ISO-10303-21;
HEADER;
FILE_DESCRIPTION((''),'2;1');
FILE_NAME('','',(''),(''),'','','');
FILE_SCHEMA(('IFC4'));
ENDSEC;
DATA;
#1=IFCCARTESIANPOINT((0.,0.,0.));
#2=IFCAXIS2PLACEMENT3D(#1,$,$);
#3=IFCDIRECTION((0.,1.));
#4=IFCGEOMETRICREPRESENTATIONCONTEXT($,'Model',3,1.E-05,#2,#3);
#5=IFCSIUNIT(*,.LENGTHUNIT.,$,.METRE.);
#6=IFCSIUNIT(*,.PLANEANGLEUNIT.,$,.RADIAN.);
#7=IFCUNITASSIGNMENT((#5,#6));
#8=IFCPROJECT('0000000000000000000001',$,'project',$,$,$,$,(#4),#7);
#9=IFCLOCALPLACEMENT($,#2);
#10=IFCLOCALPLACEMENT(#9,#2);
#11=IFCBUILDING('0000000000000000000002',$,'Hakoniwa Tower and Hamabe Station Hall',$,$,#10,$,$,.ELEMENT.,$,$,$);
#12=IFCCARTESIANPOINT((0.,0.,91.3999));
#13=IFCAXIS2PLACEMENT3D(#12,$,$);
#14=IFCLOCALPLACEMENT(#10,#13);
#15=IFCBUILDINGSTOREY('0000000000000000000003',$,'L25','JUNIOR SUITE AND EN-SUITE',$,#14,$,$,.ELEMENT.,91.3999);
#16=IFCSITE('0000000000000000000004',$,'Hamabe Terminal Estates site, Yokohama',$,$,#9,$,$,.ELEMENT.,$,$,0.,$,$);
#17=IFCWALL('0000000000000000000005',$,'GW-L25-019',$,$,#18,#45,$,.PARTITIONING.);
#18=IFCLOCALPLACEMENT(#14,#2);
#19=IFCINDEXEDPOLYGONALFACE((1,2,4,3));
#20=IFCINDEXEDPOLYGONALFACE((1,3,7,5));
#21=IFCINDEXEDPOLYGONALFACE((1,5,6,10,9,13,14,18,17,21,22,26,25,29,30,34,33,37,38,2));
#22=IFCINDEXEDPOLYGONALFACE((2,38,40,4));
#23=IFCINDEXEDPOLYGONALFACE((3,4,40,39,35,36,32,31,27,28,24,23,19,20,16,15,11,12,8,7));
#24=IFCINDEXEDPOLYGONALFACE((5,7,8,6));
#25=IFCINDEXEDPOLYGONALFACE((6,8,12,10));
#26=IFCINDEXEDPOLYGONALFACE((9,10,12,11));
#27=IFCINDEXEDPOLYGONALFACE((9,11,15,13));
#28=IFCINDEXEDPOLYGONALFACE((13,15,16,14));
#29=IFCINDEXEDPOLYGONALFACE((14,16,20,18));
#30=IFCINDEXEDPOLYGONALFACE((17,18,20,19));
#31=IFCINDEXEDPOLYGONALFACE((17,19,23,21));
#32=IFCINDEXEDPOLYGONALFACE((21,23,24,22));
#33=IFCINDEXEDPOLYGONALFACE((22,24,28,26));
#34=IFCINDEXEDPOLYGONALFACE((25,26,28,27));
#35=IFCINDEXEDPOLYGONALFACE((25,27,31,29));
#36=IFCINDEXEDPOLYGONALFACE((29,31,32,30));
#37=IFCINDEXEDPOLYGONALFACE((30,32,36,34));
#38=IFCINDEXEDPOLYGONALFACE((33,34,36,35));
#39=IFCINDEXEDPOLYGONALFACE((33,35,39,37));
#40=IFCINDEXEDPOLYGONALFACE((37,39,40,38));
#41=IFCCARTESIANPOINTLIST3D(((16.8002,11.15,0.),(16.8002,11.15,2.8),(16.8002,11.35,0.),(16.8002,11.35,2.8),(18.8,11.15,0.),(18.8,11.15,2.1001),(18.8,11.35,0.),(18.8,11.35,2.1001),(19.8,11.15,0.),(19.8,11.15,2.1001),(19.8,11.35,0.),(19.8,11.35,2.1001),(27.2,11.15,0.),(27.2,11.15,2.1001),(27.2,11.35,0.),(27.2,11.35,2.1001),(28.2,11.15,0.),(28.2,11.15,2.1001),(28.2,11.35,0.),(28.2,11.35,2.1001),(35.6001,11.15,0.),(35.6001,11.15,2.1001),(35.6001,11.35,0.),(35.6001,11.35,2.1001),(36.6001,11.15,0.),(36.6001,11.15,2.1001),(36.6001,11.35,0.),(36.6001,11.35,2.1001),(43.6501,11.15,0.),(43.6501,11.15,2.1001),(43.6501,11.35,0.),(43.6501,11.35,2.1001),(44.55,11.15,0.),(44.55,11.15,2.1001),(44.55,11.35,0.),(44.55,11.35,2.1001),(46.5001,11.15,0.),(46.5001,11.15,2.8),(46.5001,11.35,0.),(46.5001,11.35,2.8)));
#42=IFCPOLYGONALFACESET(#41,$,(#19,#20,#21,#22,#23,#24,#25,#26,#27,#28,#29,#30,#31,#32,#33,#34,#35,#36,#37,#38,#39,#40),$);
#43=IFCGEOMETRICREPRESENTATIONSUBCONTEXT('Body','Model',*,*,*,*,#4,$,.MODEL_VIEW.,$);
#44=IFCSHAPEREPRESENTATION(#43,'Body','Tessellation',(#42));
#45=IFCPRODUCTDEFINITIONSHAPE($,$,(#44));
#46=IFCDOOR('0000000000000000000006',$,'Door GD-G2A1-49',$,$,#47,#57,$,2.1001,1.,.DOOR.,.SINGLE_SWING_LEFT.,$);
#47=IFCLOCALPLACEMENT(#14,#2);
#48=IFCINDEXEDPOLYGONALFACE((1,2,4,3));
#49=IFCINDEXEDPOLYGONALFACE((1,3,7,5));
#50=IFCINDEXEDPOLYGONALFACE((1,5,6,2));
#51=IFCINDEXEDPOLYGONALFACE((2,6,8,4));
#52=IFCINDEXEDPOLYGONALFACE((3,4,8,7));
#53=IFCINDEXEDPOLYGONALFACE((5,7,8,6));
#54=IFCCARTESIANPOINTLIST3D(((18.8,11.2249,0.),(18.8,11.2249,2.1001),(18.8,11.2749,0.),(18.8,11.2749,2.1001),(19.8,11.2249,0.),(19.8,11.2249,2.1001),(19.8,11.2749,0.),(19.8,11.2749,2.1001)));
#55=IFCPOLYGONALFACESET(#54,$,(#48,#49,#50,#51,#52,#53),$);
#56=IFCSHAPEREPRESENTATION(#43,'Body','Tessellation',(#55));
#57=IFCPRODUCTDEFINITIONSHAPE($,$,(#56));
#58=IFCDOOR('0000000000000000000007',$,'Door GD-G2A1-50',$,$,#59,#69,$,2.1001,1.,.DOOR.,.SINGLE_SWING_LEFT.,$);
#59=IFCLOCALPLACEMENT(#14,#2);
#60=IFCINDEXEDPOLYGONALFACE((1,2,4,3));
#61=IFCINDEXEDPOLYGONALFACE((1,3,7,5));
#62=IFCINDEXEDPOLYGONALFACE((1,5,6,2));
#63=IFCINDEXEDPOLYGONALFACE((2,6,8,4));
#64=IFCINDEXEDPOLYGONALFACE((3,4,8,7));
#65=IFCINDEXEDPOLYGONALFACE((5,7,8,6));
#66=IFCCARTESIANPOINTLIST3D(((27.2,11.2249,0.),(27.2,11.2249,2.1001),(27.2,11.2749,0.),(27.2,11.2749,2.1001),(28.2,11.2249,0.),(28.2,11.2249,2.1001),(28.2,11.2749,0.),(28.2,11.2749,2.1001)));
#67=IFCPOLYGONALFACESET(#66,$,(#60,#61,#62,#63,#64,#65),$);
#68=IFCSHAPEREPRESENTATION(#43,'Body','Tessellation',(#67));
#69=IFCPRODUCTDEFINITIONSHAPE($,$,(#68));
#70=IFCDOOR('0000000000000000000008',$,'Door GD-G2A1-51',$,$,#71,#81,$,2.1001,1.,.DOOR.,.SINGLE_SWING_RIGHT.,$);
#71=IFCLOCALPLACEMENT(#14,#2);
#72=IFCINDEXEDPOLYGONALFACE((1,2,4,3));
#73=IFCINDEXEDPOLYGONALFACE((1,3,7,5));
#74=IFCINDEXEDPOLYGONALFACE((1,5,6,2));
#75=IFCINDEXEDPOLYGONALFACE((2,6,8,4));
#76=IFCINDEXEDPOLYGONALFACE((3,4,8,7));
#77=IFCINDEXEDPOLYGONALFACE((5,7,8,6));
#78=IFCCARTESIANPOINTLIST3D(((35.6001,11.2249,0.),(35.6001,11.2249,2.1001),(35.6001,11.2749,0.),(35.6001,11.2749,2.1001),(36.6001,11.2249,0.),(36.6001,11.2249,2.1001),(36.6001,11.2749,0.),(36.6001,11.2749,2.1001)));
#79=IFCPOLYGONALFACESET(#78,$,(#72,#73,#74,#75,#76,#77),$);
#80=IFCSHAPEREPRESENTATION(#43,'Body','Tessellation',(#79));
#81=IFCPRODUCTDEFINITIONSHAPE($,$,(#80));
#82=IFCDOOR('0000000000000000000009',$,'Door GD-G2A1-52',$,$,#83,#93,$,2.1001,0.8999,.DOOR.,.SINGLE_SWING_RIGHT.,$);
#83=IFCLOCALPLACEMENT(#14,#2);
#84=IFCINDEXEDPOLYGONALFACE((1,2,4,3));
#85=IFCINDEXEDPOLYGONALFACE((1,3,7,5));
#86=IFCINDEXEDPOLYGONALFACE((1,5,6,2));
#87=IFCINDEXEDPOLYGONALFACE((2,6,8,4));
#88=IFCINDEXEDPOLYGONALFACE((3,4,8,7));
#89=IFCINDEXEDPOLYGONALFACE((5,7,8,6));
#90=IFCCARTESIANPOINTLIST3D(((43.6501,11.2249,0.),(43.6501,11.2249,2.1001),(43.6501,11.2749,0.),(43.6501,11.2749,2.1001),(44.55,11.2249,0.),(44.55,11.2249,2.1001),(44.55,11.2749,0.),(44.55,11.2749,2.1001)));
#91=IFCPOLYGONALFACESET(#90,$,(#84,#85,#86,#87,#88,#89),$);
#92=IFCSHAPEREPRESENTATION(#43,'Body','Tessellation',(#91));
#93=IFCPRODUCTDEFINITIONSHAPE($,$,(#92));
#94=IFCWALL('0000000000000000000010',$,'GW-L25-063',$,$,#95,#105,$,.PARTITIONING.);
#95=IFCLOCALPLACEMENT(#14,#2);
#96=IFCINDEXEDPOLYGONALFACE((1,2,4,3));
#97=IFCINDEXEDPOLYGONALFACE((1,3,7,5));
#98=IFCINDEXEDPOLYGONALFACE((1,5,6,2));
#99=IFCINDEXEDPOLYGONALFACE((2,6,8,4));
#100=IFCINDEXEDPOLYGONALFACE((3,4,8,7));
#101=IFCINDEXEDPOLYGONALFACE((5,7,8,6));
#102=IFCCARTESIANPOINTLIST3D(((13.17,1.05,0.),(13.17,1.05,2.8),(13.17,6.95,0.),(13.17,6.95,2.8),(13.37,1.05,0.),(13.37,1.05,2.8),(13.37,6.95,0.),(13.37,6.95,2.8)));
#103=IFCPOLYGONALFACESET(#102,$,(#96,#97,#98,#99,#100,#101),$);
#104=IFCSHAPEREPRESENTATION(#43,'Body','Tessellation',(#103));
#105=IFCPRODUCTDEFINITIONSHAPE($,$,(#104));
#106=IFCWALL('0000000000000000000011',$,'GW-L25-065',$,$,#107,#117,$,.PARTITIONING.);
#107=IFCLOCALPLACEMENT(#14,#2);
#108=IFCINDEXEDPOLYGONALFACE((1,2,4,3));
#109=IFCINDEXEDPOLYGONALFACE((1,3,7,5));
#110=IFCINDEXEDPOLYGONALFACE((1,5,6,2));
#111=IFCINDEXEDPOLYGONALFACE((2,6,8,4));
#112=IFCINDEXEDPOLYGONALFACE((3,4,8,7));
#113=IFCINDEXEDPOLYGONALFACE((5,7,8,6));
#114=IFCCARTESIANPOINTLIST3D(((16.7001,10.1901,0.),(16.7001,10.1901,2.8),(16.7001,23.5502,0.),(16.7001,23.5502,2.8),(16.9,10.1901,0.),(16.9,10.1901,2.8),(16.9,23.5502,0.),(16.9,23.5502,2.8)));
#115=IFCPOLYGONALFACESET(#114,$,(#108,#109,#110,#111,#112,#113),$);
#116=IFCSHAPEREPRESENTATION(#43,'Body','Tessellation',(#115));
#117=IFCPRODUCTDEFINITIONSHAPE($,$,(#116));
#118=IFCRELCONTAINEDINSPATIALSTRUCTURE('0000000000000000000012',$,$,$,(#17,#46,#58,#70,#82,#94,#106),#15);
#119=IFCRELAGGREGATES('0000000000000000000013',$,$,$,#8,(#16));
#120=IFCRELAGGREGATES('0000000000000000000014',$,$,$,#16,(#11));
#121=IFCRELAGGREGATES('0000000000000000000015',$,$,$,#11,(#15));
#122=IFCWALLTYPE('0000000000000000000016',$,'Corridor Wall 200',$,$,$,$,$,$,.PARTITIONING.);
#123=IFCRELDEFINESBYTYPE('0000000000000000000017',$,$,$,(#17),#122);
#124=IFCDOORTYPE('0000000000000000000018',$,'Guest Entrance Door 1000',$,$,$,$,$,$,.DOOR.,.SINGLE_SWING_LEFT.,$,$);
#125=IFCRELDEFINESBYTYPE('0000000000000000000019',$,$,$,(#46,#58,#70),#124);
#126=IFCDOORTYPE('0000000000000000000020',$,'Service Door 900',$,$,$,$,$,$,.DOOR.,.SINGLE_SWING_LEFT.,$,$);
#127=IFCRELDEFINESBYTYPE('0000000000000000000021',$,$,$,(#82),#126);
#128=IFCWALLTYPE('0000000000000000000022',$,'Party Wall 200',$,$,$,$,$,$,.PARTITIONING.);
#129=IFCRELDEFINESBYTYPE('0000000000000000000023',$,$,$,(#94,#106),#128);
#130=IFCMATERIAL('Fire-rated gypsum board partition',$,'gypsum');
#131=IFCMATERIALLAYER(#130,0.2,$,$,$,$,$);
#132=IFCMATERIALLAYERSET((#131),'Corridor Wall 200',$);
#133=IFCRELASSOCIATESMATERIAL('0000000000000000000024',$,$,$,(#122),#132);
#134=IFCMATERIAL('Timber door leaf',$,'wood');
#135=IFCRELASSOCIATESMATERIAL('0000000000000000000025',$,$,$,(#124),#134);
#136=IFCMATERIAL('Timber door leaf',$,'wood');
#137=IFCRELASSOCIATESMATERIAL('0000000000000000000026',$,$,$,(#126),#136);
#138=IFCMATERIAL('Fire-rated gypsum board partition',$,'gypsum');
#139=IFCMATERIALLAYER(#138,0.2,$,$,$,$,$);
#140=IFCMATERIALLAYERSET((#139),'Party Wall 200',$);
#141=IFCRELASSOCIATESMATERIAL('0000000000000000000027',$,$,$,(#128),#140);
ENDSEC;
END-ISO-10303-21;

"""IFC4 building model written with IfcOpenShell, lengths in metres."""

from ifc_helpers import new_model, si_unit, direction, frame, frame_2d, origin, place, context, subcontext, project, spatial, rectangle, extrude, material, layer, layer_set, type_object, element, fill, save


model = new_model("IFC4")

# Units and contexts
model_context = context("Model", 3, precision=1e-05, world=origin(), true_north=direction((0.0, 1.0)))
body_context = subcontext(model_context, "Body", "Model", "MODEL_VIEW")
ifc_project = project(units=[si_unit("LENGTHUNIT", "METRE"), si_unit("PLANEANGLEUNIT", "RADIAN")], contexts=[model_context])

# Site, building, storey
site_placement = place(None, origin())
site = spatial("IfcSite", under=ifc_project, at=site_placement, Name="Hamabe Terminal Estates site, Yokohama", CompositionType="ELEMENT", RefElevation=0.0)
building_placement = place(site_placement, origin())
building = spatial("IfcBuilding", under=site, at=building_placement, Name="Hakoniwa Tower and Hamabe Station Hall", CompositionType="ELEMENT")
storey_placement = place(building_placement, frame((0.0, 0.0, 91.3999)))
storey = spatial("IfcBuildingStorey", under=building, at=storey_placement, Name="L25", Description="JUNIOR SUITE AND EN-SUITE", CompositionType="ELEMENT", Elevation=91.3999)

# Wall, openings, doors
ifc_material_1 = material(Name="Fire-rated gypsum board partition", Category="gypsum")
ifc_layer_1 = layer(ifc_material_1, 0.2)
ifc_layer_set_1 = layer_set([ifc_layer_1], Name="Corridor Wall 200")
wall_type_1 = type_object("IfcWallType", Name="Corridor Wall 200", PredefinedType="PARTITIONING", material=ifc_layer_set_1)
wall_1_placement = place(storey_placement, frame((16.8, 11.25, 0.0), z_axis=(0.0, 0.0, 1.0), x_axis=(1.0, 0.0, 0.0)))
wall_1 = element("IfcWall", 1, at=wall_1_placement, inside=storey, type_object=wall_type_1, Name="GW-L25-019", PredefinedType="PARTITIONING", context=body_context, shape_type="SweptSolid", body=[
    extrude(rectangle(XDim=29.7, YDim=0.2, at=frame_2d((14.8501, 0.0))), origin(), (0.0, 0.0, 1.0), 2.8),
])
opening_1_placement = place(wall_1_placement, frame((2.0, 0.0, 0.0)))
opening_1 = element("IfcOpeningElement", 2, at=opening_1_placement, cuts=wall_1, PredefinedType="OPENING", context=body_context, shape_type="SweptSolid", body=[
    extrude(rectangle(XDim=1.0, YDim=2.1001, at=frame_2d((0.5, 1.05))), frame((0.0, 0.1099, 0.0), z_axis=(0.0, -1.0, 0.0), x_axis=(1.0, 0.0, 0.0)), (0.0, 0.0, 1.0), 0.22),
])
opening_2_placement = place(wall_1_placement, frame((10.3999, 0.0, 0.0)))
opening_2 = element("IfcOpeningElement", 3, at=opening_2_placement, cuts=wall_1, PredefinedType="OPENING", context=body_context, shape_type="SweptSolid", body=[
    extrude(rectangle(XDim=1.0, YDim=2.1001, at=frame_2d((0.5, 1.05))), frame((0.0, 0.1099, 0.0), z_axis=(0.0, -1.0, 0.0), x_axis=(1.0, 0.0, 0.0)), (0.0, 0.0, 1.0), 0.22),
])
opening_3_placement = place(wall_1_placement, frame((18.8, 0.0, 0.0)))
opening_3 = element("IfcOpeningElement", 4, at=opening_3_placement, cuts=wall_1, PredefinedType="OPENING", context=body_context, shape_type="SweptSolid", body=[
    extrude(rectangle(XDim=1.0, YDim=2.1001, at=frame_2d((0.5, 1.05))), frame((0.0, 0.1099, 0.0), z_axis=(0.0, -1.0, 0.0), x_axis=(1.0, 0.0, 0.0)), (0.0, 0.0, 1.0), 0.22),
])
opening_4_placement = place(wall_1_placement, frame((26.8501, 0.0, 0.0)))
opening_4 = element("IfcOpeningElement", 5, at=opening_4_placement, cuts=wall_1, PredefinedType="OPENING", context=body_context, shape_type="SweptSolid", body=[
    extrude(rectangle(XDim=0.8999, YDim=2.1001, at=frame_2d((0.45, 1.05))), frame((0.0, 0.1099, 0.0), z_axis=(0.0, -1.0, 0.0), x_axis=(1.0, 0.0, 0.0)), (0.0, 0.0, 1.0), 0.22),
])
ifc_material_2 = material(Name="Timber door leaf", Category="wood")
door_type_1 = type_object("IfcDoorType", Name="Guest Entrance Door 1000", OperationType="SINGLE_SWING_LEFT", PredefinedType="DOOR", material=ifc_material_2)
door_1_placement = place(opening_1_placement, origin())
door_1 = element("IfcDoor", 6, at=door_1_placement, inside=storey, type_object=door_type_1, Name="Door GD-G2A1-49", OperationType="SINGLE_SWING_LEFT", OverallHeight=2.1001, OverallWidth=1.0, PredefinedType="DOOR", context=body_context, shape_type="SweptSolid", body=[
    extrude(rectangle(XDim=1.0, YDim=2.1001, at=frame_2d((0.5, 1.05))), frame((0.0, 0.0249, 0.0), z_axis=(0.0, -1.0, 0.0), x_axis=(1.0, 0.0, 0.0)), (0.0, 0.0, 1.0), 0.05),
])
fill(opening_1, door_1)
door_2_placement = place(opening_2_placement, origin())
door_2 = element("IfcDoor", 7, at=door_2_placement, inside=storey, type_object=door_type_1, Name="Door GD-G2A1-50", OperationType="SINGLE_SWING_LEFT", OverallHeight=2.1001, OverallWidth=1.0, PredefinedType="DOOR", context=body_context, shape_type="SweptSolid", body=[
    extrude(rectangle(XDim=1.0, YDim=2.1001, at=frame_2d((0.5, 1.05))), frame((0.0, 0.0249, 0.0), z_axis=(0.0, -1.0, 0.0), x_axis=(1.0, 0.0, 0.0)), (0.0, 0.0, 1.0), 0.05),
])
fill(opening_2, door_2)
door_3_placement = place(opening_3_placement, origin())
door_3 = element("IfcDoor", 8, at=door_3_placement, inside=storey, type_object=door_type_1, Name="Door GD-G2A1-51", OperationType="SINGLE_SWING_RIGHT", OverallHeight=2.1001, OverallWidth=1.0, PredefinedType="DOOR", context=body_context, shape_type="SweptSolid", body=[
    extrude(rectangle(XDim=1.0, YDim=2.1001, at=frame_2d((0.5, 1.05))), frame((0.0, 0.0249, 0.0), z_axis=(0.0, -1.0, 0.0), x_axis=(1.0, 0.0, 0.0)), (0.0, 0.0, 1.0), 0.05),
])
fill(opening_3, door_3)
ifc_material_3 = material(Name="Timber door leaf", Category="wood")
door_type_2 = type_object("IfcDoorType", Name="Service Door 900", OperationType="SINGLE_SWING_LEFT", PredefinedType="DOOR", material=ifc_material_3)
door_4_placement = place(opening_4_placement, origin())
door_4 = element("IfcDoor", 9, at=door_4_placement, inside=storey, type_object=door_type_2, Name="Door GD-G2A1-52", OperationType="SINGLE_SWING_RIGHT", OverallHeight=2.1001, OverallWidth=0.8999, PredefinedType="DOOR", context=body_context, shape_type="SweptSolid", body=[
    extrude(rectangle(XDim=0.8999, YDim=2.1001, at=frame_2d((0.45, 1.05))), frame((0.0, 0.0249, 0.0), z_axis=(0.0, -1.0, 0.0), x_axis=(1.0, 0.0, 0.0)), (0.0, 0.0, 1.0), 0.05),
])
fill(opening_4, door_4)

# Walls
ifc_material_4 = material(Name="Fire-rated gypsum board partition", Category="gypsum")
ifc_layer_2 = layer(ifc_material_4, 0.2)
ifc_layer_set_2 = layer_set([ifc_layer_2], Name="Party Wall 200")
wall_type_2 = type_object("IfcWallType", Name="Party Wall 200", PredefinedType="PARTITIONING", material=ifc_layer_set_2)
wall_2_placement = place(storey_placement, frame((13.27, 1.05, 0.0), z_axis=(0.0, 0.0, 1.0), x_axis=(0.0, 1.0, 0.0)))
element("IfcWall", 10, at=wall_2_placement, inside=storey, type_object=wall_type_2, Name="GW-L25-063", PredefinedType="PARTITIONING", context=body_context, shape_type="SweptSolid", body=[
    extrude(rectangle(XDim=5.8999, YDim=0.2, at=frame_2d((2.95, 0.0))), origin(), (0.0, 0.0, 1.0), 2.8),
])
wall_3_placement = place(storey_placement, frame((16.8, 10.1899, 0.0), z_axis=(0.0, 0.0, 1.0), x_axis=(0.0, 1.0, 0.0)))
element("IfcWall", 11, at=wall_3_placement, inside=storey, type_object=wall_type_2, Name="GW-L25-065", PredefinedType="PARTITIONING", context=body_context, shape_type="SweptSolid", body=[
    extrude(rectangle(XDim=13.3601, YDim=0.2, at=frame_2d((6.6802, 0.0))), origin(), (0.0, 0.0, 1.0), 2.8),
])

save(model, "model.ifc")
